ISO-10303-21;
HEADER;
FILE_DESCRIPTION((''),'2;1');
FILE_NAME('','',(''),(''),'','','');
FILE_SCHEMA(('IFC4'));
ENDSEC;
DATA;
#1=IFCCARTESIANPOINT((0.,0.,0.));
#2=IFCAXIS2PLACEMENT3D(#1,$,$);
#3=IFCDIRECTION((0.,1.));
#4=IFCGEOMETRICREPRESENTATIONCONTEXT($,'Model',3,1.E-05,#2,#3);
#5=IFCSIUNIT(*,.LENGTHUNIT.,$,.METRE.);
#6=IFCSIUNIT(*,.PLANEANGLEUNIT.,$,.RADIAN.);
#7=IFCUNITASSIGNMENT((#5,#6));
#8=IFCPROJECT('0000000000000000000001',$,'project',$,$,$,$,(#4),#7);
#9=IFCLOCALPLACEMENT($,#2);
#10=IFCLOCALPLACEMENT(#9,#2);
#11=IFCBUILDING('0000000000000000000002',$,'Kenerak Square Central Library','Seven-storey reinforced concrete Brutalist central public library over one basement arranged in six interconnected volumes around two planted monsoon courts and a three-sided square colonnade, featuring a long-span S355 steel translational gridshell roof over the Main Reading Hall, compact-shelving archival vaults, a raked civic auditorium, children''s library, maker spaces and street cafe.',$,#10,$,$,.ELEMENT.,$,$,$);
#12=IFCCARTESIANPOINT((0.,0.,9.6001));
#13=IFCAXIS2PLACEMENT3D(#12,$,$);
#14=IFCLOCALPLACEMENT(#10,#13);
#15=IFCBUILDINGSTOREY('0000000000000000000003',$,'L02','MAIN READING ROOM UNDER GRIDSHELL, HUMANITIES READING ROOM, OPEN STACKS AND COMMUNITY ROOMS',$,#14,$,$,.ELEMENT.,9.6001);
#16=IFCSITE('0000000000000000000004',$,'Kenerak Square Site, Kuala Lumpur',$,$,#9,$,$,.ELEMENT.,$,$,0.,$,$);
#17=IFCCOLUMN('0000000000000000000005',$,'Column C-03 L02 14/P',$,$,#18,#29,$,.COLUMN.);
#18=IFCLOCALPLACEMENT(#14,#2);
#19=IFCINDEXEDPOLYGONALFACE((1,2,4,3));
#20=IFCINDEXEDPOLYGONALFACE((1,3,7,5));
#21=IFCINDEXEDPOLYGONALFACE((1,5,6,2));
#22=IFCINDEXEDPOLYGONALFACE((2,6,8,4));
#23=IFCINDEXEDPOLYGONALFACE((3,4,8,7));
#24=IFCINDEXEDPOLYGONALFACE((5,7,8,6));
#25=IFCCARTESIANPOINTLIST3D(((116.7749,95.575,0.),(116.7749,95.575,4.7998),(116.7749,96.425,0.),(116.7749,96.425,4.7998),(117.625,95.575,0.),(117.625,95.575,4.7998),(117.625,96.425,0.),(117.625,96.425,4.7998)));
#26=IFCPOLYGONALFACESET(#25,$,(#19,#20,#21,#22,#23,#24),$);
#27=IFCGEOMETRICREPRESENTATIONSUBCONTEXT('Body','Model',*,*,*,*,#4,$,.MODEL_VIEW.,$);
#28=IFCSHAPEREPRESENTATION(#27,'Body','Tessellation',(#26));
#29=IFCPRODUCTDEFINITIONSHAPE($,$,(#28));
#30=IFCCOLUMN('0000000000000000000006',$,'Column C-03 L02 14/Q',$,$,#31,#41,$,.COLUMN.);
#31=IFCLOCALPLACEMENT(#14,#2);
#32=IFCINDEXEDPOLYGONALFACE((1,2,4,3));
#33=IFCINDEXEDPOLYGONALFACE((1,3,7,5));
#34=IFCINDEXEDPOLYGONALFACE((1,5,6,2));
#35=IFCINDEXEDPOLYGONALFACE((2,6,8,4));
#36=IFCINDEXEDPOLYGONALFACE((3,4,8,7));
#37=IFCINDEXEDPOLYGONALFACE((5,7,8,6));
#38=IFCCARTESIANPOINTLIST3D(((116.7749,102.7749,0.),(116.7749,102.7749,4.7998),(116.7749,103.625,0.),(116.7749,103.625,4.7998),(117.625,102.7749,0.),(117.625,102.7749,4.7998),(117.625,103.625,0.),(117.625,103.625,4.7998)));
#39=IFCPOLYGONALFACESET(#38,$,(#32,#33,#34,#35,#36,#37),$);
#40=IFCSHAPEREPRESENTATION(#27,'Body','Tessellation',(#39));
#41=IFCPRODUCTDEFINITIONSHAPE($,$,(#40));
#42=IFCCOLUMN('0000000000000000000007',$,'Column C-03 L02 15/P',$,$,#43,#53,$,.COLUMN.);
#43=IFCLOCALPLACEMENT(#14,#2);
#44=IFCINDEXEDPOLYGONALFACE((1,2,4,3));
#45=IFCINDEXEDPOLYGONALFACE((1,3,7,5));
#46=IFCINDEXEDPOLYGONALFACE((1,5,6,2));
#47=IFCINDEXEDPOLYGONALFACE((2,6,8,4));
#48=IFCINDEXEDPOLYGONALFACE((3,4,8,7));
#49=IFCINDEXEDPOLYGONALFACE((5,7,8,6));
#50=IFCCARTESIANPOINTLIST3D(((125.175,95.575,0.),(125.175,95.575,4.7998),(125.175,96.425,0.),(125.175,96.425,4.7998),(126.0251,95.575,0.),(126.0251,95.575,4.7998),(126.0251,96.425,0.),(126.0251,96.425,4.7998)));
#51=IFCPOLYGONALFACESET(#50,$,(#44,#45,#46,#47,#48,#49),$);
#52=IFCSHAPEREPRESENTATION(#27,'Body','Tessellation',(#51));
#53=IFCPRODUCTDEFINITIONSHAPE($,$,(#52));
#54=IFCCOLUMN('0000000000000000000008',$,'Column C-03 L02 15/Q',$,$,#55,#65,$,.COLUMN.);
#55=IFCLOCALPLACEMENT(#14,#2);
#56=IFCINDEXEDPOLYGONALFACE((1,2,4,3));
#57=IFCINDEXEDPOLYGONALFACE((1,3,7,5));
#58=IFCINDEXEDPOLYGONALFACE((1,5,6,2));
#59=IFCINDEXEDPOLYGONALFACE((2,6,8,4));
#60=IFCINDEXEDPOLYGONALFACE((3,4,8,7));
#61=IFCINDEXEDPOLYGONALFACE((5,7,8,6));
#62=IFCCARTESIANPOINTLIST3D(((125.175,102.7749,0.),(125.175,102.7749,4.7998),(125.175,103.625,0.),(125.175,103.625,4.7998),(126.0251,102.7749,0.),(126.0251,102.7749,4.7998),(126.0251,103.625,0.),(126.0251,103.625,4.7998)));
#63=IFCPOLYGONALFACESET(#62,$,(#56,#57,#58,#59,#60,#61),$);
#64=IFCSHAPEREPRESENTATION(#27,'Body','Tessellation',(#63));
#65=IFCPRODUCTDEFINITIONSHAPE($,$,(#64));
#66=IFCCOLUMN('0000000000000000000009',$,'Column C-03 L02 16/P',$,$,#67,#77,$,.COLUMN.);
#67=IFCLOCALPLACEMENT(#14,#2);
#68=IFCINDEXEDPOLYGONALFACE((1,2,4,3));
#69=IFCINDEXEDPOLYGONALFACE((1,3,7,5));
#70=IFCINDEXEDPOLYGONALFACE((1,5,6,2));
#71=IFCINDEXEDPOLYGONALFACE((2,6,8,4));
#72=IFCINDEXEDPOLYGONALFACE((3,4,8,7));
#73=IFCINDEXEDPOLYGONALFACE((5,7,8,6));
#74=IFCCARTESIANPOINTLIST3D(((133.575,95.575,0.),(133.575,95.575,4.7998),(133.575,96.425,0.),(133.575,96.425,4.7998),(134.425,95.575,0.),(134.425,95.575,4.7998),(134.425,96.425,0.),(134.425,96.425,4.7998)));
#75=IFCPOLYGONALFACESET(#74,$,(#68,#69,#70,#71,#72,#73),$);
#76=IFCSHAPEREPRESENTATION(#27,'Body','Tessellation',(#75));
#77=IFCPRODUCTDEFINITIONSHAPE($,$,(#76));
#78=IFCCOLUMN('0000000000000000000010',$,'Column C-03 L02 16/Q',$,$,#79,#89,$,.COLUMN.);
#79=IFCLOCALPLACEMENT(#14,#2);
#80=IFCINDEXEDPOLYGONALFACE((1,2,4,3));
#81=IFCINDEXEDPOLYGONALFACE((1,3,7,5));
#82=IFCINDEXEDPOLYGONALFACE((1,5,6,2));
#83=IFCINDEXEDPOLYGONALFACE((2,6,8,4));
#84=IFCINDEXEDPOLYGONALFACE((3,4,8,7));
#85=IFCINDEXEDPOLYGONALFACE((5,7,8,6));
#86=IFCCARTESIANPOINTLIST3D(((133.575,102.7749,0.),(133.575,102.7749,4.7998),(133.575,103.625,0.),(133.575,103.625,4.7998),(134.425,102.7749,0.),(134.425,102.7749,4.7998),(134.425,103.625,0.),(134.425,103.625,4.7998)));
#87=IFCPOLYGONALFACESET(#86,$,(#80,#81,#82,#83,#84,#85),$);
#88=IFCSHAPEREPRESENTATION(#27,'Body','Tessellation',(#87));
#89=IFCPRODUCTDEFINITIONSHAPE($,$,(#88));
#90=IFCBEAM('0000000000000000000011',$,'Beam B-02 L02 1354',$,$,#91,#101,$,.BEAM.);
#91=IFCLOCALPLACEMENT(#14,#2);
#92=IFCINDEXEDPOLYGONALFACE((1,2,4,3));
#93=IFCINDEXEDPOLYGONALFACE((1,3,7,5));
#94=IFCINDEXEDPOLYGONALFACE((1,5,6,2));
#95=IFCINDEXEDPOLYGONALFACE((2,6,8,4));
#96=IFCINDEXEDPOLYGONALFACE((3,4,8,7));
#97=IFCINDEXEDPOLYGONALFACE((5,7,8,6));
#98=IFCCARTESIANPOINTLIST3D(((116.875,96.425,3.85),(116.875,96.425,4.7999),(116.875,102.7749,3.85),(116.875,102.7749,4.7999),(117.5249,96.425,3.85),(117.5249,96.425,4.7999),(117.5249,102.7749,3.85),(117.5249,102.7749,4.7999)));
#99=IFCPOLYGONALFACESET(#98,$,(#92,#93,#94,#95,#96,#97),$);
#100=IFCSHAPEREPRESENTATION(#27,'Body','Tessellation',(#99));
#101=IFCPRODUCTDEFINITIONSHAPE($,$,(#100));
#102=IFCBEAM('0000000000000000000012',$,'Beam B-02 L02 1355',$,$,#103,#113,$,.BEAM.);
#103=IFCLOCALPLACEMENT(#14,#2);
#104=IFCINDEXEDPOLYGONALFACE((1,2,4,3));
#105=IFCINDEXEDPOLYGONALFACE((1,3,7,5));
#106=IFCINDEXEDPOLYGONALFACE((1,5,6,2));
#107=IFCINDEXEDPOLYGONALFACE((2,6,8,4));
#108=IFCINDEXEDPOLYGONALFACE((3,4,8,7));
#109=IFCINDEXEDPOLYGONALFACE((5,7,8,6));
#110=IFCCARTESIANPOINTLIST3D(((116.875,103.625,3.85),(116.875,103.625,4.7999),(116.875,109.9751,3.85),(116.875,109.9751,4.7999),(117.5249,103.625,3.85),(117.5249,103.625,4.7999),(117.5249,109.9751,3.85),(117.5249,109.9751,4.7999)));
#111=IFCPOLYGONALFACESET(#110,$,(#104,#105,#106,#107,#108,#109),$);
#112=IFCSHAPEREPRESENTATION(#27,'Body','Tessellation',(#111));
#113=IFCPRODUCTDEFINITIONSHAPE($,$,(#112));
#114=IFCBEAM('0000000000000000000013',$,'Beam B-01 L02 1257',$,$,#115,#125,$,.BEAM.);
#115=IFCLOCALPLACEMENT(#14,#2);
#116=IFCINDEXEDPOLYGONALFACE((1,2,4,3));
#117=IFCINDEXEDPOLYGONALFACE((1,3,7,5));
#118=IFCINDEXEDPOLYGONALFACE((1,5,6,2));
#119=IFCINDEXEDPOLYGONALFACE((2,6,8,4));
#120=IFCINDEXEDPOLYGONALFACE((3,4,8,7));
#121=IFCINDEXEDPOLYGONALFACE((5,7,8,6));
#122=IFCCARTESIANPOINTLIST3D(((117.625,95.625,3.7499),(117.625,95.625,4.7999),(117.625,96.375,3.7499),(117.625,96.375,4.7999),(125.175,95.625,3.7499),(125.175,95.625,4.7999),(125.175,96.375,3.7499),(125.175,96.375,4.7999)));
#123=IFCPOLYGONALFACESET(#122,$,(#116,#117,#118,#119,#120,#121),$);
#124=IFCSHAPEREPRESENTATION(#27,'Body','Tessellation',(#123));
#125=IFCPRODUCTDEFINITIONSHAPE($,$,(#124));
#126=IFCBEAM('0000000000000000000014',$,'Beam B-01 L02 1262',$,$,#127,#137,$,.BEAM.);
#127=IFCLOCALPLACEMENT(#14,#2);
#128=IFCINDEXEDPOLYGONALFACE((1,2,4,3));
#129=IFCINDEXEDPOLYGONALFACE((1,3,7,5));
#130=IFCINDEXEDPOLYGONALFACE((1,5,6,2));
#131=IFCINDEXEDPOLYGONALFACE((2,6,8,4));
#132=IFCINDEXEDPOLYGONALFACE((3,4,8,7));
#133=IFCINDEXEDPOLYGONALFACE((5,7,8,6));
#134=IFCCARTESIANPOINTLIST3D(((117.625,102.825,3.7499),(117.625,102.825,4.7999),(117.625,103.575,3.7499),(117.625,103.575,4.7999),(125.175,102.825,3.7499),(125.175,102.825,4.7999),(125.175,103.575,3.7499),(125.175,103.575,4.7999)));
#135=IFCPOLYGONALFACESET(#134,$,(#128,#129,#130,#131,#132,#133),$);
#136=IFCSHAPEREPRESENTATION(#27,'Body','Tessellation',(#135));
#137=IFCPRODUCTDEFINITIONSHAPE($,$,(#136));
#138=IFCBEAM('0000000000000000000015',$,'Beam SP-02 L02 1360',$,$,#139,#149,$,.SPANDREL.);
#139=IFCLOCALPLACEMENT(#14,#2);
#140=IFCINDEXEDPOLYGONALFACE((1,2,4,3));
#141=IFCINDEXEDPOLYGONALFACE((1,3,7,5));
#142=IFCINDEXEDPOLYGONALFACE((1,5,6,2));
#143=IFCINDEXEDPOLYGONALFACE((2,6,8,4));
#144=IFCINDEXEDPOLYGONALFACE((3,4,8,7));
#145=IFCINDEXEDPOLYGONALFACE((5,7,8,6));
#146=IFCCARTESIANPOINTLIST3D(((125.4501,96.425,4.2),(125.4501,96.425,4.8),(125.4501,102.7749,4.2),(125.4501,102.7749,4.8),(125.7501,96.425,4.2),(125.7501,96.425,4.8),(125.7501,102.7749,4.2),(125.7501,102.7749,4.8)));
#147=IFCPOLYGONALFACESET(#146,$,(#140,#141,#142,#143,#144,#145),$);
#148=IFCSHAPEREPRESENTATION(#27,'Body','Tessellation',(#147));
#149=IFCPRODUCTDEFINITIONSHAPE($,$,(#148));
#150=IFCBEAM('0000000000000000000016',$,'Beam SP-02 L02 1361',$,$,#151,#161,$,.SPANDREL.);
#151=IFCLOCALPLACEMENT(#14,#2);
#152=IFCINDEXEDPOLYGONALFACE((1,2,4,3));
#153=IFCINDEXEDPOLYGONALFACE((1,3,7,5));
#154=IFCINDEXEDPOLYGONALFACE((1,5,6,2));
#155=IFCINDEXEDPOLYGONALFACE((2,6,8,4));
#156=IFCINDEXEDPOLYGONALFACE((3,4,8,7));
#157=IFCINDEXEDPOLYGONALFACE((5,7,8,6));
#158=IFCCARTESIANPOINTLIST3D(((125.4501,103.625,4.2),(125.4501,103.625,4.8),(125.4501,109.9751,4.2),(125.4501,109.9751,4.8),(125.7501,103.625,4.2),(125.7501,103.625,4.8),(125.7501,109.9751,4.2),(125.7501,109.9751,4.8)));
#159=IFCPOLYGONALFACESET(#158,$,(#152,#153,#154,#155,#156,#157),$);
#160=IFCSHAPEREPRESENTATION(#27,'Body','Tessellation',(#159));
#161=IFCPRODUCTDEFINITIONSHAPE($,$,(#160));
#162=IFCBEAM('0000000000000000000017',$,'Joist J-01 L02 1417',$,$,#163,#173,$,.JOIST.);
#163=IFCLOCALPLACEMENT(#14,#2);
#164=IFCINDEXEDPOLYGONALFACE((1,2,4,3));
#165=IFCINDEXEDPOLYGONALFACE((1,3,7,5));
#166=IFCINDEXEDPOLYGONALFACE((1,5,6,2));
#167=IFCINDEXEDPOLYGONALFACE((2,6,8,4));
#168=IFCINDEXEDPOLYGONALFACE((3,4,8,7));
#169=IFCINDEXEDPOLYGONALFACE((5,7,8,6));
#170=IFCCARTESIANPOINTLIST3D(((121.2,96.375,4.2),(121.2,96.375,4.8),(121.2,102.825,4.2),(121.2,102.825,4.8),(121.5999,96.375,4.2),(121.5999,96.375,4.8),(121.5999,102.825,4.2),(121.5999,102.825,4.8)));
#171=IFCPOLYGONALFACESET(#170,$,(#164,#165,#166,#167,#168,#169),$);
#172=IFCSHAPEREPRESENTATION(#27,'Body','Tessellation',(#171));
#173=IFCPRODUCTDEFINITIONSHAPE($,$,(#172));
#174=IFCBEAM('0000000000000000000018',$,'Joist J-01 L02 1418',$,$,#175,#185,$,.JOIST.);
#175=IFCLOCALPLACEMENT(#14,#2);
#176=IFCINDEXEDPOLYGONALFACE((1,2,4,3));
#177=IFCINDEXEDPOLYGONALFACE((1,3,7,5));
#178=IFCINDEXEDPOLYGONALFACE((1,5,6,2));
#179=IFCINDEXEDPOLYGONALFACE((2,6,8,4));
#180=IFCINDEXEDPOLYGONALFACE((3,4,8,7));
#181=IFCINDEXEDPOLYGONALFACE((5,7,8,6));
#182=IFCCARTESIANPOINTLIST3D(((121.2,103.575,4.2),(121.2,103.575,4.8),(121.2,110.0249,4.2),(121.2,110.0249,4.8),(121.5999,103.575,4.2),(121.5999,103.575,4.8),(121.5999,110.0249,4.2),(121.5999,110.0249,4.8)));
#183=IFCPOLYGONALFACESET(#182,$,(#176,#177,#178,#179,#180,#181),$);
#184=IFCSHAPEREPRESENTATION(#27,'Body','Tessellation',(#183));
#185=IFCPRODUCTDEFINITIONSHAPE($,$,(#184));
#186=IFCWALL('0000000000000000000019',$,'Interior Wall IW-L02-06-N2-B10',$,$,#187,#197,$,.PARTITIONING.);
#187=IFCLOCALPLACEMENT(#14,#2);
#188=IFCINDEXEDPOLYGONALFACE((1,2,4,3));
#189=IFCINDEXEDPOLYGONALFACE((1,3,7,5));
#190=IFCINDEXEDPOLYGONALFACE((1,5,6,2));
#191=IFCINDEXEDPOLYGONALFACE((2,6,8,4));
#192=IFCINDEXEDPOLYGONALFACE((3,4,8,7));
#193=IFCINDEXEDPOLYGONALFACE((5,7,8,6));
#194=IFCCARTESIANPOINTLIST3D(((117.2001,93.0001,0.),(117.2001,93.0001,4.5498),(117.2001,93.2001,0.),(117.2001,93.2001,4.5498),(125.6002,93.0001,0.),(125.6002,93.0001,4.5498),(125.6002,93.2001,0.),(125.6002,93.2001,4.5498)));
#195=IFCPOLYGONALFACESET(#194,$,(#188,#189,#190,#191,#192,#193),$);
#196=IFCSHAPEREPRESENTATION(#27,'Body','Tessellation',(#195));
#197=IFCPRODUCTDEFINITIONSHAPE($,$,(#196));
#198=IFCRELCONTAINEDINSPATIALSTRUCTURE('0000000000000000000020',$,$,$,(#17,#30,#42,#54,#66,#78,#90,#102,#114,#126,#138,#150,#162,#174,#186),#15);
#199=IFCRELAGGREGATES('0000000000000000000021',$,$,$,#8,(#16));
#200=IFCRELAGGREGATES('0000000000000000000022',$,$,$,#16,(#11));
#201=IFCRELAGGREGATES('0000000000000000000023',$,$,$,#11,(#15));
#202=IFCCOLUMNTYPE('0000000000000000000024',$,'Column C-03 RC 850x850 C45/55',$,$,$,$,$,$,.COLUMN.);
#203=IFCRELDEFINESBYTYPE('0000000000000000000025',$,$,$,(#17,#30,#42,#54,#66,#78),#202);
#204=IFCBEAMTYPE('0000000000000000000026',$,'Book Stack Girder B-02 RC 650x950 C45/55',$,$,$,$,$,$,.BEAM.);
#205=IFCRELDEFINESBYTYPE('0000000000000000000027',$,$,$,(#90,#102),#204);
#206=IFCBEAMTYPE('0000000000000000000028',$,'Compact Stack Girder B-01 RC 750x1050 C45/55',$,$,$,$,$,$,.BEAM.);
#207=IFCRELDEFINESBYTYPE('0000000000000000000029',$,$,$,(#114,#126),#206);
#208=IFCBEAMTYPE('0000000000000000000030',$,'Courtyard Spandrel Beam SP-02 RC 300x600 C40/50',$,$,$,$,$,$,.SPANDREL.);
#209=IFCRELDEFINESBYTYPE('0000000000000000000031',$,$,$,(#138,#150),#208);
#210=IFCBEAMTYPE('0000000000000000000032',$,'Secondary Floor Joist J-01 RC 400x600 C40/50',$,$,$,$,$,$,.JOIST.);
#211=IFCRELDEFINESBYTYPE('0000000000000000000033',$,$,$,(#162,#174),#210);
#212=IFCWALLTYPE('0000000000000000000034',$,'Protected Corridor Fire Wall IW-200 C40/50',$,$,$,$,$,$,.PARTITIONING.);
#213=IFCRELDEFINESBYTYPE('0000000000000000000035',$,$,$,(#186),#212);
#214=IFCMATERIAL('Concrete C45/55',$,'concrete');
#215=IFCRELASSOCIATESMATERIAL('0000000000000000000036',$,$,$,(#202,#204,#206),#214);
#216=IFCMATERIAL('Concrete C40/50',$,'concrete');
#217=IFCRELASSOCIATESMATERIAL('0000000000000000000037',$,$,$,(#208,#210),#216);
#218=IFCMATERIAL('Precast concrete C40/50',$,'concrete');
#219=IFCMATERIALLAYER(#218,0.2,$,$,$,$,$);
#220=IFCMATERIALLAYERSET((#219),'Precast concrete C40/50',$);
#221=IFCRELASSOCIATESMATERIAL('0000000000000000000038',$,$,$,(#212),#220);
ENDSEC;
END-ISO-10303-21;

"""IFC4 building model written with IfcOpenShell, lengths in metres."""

from ifc_helpers import new_model, si_unit, direction, frame, frame_2d, origin, origin_2d, place, context, subcontext, project, spatial, rectangle, extrude, material, layer, layer_set, material_profile, profile_set, type_object, element, save


model = new_model("IFC4")

# Units and contexts
model_context = context("Model", 3, precision=1e-05, world=origin(), true_north=direction((0.0, 1.0)))
body_context = subcontext(model_context, "Body", "Model", "MODEL_VIEW")
ifc_project = project(units=[si_unit("LENGTHUNIT", "METRE"), si_unit("PLANEANGLEUNIT", "RADIAN")], contexts=[model_context])

# Site, building, storey
site_placement = place(None, origin())
site = spatial("IfcSite", under=ifc_project, at=site_placement, Name="Kenerak Square Site, Kuala Lumpur", CompositionType="ELEMENT", RefElevation=0.0)
building_placement = place(site_placement, origin())
building = spatial("IfcBuilding", under=site, at=building_placement, Name="Kenerak Square Central Library", Description="Seven-storey reinforced concrete Brutalist central public library over one basement arranged in six interconnected volumes around two planted monsoon courts and a three-sided square colonnade, featuring a long-span S355 steel translational gridshell roof over the Main Reading Hall, compact-shelving archival vaults, a raked civic auditorium, children's library, maker spaces and street cafe.", CompositionType="ELEMENT")
storey_placement = place(building_placement, frame((0.0, 0.0, 9.6001)))
storey = spatial("IfcBuildingStorey", under=building, at=storey_placement, Name="L02", Description="MAIN READING ROOM UNDER GRIDSHELL, HUMANITIES READING ROOM, OPEN STACKS AND COMMUNITY ROOMS", CompositionType="ELEMENT", Elevation=9.6001)

# Columns
ifc_material_1 = material(Name="Concrete C45/55", Category="concrete")
ifc_material_profile_1 = material_profile(ifc_material_1, rectangle(XDim=0.8501, YDim=0.8501, at=origin_2d()), Name="RC 850x850")
ifc_profile_set_1 = profile_set([ifc_material_profile_1], Name="Concrete C45/55")
column_type = type_object("IfcColumnType", Name="Column C-03 RC 850x850 C45/55", PredefinedType="COLUMN", material=ifc_profile_set_1)
for number, where, z_axis, x_axis, name in (
    (1, (117.2, 96.0, 0.0), (0.0, 0.0, 1.0), (1.0, 0.0, 0.0), "Column C-03 L02 14/P"),
    (2, (117.2, 103.2, 0.0), (0.0, 0.0, 1.0), (1.0, 0.0, 0.0), "Column C-03 L02 14/Q"),
    (3, (125.6001, 96.0, 0.0), (0.0, 0.0, 1.0), (1.0, 0.0, 0.0), "Column C-03 L02 15/P"),
    (4, (125.6001, 103.2, 0.0), (0.0, 0.0, 1.0), (1.0, 0.0, 0.0), "Column C-03 L02 15/Q"),
    (5, (134.0, 96.0, 0.0), (0.0, 0.0, 1.0), (1.0, 0.0, 0.0), "Column C-03 L02 16/P"),
    (6, (134.0, 103.2, 0.0), (0.0, 0.0, 1.0), (1.0, 0.0, 0.0), "Column C-03 L02 16/Q"),
):
    element("IfcColumn", number, at=place(storey_placement, frame(where, z_axis=z_axis, x_axis=x_axis)), inside=storey, type_object=column_type, Name=name, PredefinedType="COLUMN", context=body_context, shape_type="SweptSolid", body=[
        extrude(rectangle(XDim=0.8501, YDim=0.8501, at=origin_2d()), origin(), (0.0, 0.0, 1.0), 4.7998),
    ])

# Beams
ifc_material_profile_2 = material_profile(ifc_material_1, rectangle(XDim=0.6499, YDim=0.95, at=origin_2d()), Name="RC 650x950")
ifc_profile_set_2 = profile_set([ifc_material_profile_2], Name="Concrete C45/55")
beam_type_1 = type_object("IfcBeamType", Name="Book Stack Girder B-02 RC 650x950 C45/55", PredefinedType="BEAM", material=ifc_profile_set_2)
beam_1_placement = place(storey_placement, frame((117.2, 96.425, 4.325), z_axis=(0.0, 1.0, 0.0), x_axis=(-1.0, 0.0, 0.0)))
element("IfcBeam", 7, at=beam_1_placement, inside=storey, type_object=beam_type_1, Name="Beam B-02 L02 1354", PredefinedType="BEAM", context=body_context, shape_type="SweptSolid", body=[
    extrude(rectangle(XDim=0.6499, YDim=0.95, at=origin_2d()), origin(), (0.0, 0.0, 1.0), 6.3499),
])
beam_2_placement = place(storey_placement, frame((117.2, 103.625, 4.325), z_axis=(0.0, 1.0, 0.0), x_axis=(-1.0, 0.0, 0.0)))
element("IfcBeam", 8, at=beam_2_placement, inside=storey, type_object=beam_type_1, Name="Beam B-02 L02 1355", PredefinedType="BEAM", context=body_context, shape_type="SweptSolid", body=[
    extrude(rectangle(XDim=0.6499, YDim=0.95, at=origin_2d()), origin(), (0.0, 0.0, 1.0), 6.3501),
])
ifc_material_profile_3 = material_profile(ifc_material_1, rectangle(XDim=0.75, YDim=1.05, at=origin_2d()), Name="RC 750x1050")
ifc_profile_set_3 = profile_set([ifc_material_profile_3], Name="Concrete C45/55")
beam_type_2 = type_object("IfcBeamType", Name="Compact Stack Girder B-01 RC 750x1050 C45/55", PredefinedType="BEAM", material=ifc_profile_set_3)
for number, where, z_axis, x_axis, name in (
    (9, (117.625, 96.0, 4.2749), (1.0, 0.0, 0.0), (0.0, 1.0, 0.0), "Beam B-01 L02 1257"),
    (10, (117.625, 103.2, 4.2749), (1.0, 0.0, 0.0), (0.0, 1.0, 0.0), "Beam B-01 L02 1262"),
):
    element("IfcBeam", number, at=place(storey_placement, frame(where, z_axis=z_axis, x_axis=x_axis)), inside=storey, type_object=beam_type_2, Name=name, PredefinedType="BEAM", context=body_context, shape_type="SweptSolid", body=[
        extrude(rectangle(XDim=0.75, YDim=1.05, at=origin_2d()), origin(), (0.0, 0.0, 1.0), 7.55),
    ])
ifc_material_2 = material(Name="Concrete C40/50", Category="concrete")
ifc_material_profile_4 = material_profile(ifc_material_2, rectangle(XDim=0.3, YDim=0.6001, at=origin_2d()), Name="RC 300x600")
ifc_profile_set_4 = profile_set([ifc_material_profile_4], Name="Concrete C40/50")
beam_type_3 = type_object("IfcBeamType", Name="Courtyard Spandrel Beam SP-02 RC 300x600 C40/50", PredefinedType="SPANDREL", material=ifc_profile_set_4)
beam_3_placement = place(storey_placement, frame((125.6001, 96.425, 4.5), z_axis=(0.0, 1.0, 0.0), x_axis=(-1.0, 0.0, 0.0)))
element("IfcBeam", 11, at=beam_3_placement, inside=storey, type_object=beam_type_3, Name="Beam SP-02 L02 1360", PredefinedType="SPANDREL", context=body_context, shape_type="SweptSolid", body=[
    extrude(rectangle(XDim=0.3, YDim=0.6001, at=origin_2d()), origin(), (0.0, 0.0, 1.0), 6.3499),
])
beam_4_placement = place(storey_placement, frame((125.6001, 103.625, 4.5), z_axis=(0.0, 1.0, 0.0), x_axis=(-1.0, 0.0, 0.0)))
element("IfcBeam", 12, at=beam_4_placement, inside=storey, type_object=beam_type_3, Name="Beam SP-02 L02 1361", PredefinedType="SPANDREL", context=body_context, shape_type="SweptSolid", body=[
    extrude(rectangle(XDim=0.3, YDim=0.6001, at=origin_2d()), origin(), (0.0, 0.0, 1.0), 6.3501),
])
ifc_material_profile_5 = material_profile(ifc_material_2, rectangle(XDim=0.3999, YDim=0.6001, at=origin_2d()), Name="RC 400x600")
ifc_profile_set_5 = profile_set([ifc_material_profile_5], Name="Concrete C40/50")
beam_type_4 = type_object("IfcBeamType", Name="Secondary Floor Joist J-01 RC 400x600 C40/50", PredefinedType="JOIST", material=ifc_profile_set_5)
for number, where, z_axis, x_axis, name in (
    (13, (121.3999, 96.375, 4.5), (0.0, 1.0, 0.0), (-1.0, 0.0, 0.0), "Joist J-01 L02 1417"),
    (14, (121.3999, 103.575, 4.5), (0.0, 1.0, 0.0), (-1.0, 0.0, 0.0), "Joist J-01 L02 1418"),
):
    element("IfcBeam", number, at=place(storey_placement, frame(where, z_axis=z_axis, x_axis=x_axis)), inside=storey, type_object=beam_type_4, Name=name, PredefinedType="JOIST", context=body_context, shape_type="SweptSolid", body=[
        extrude(rectangle(XDim=0.3999, YDim=0.6001, at=origin_2d()), origin(), (0.0, 0.0, 1.0), 6.45),
    ])

# Wall
ifc_material_3 = material(Name="Precast concrete C40/50", Category="concrete")
ifc_layer_1 = layer(ifc_material_3, 0.2)
ifc_layer_set_1 = layer_set([ifc_layer_1], Name="Precast concrete C40/50")
wall_type_1 = type_object("IfcWallType", Name="Protected Corridor Fire Wall IW-200 C40/50", PredefinedType="PARTITIONING", material=ifc_layer_set_1)
wall_1_placement = place(storey_placement, frame((117.2, 93.1001, 0.0), z_axis=(0.0, 0.0, 1.0), x_axis=(1.0, 0.0, 0.0)))
element("IfcWall", 15, at=wall_1_placement, inside=storey, type_object=wall_type_1, Name="Interior Wall IW-L02-06-N2-B10", PredefinedType="PARTITIONING", context=body_context, shape_type="SweptSolid", body=[
    extrude(rectangle(XDim=8.4001, YDim=0.2, at=frame_2d((4.2002, 0.0))), origin(), (0.0, 0.0, 1.0), 4.5498),
])

save(model, "model.ifc")
